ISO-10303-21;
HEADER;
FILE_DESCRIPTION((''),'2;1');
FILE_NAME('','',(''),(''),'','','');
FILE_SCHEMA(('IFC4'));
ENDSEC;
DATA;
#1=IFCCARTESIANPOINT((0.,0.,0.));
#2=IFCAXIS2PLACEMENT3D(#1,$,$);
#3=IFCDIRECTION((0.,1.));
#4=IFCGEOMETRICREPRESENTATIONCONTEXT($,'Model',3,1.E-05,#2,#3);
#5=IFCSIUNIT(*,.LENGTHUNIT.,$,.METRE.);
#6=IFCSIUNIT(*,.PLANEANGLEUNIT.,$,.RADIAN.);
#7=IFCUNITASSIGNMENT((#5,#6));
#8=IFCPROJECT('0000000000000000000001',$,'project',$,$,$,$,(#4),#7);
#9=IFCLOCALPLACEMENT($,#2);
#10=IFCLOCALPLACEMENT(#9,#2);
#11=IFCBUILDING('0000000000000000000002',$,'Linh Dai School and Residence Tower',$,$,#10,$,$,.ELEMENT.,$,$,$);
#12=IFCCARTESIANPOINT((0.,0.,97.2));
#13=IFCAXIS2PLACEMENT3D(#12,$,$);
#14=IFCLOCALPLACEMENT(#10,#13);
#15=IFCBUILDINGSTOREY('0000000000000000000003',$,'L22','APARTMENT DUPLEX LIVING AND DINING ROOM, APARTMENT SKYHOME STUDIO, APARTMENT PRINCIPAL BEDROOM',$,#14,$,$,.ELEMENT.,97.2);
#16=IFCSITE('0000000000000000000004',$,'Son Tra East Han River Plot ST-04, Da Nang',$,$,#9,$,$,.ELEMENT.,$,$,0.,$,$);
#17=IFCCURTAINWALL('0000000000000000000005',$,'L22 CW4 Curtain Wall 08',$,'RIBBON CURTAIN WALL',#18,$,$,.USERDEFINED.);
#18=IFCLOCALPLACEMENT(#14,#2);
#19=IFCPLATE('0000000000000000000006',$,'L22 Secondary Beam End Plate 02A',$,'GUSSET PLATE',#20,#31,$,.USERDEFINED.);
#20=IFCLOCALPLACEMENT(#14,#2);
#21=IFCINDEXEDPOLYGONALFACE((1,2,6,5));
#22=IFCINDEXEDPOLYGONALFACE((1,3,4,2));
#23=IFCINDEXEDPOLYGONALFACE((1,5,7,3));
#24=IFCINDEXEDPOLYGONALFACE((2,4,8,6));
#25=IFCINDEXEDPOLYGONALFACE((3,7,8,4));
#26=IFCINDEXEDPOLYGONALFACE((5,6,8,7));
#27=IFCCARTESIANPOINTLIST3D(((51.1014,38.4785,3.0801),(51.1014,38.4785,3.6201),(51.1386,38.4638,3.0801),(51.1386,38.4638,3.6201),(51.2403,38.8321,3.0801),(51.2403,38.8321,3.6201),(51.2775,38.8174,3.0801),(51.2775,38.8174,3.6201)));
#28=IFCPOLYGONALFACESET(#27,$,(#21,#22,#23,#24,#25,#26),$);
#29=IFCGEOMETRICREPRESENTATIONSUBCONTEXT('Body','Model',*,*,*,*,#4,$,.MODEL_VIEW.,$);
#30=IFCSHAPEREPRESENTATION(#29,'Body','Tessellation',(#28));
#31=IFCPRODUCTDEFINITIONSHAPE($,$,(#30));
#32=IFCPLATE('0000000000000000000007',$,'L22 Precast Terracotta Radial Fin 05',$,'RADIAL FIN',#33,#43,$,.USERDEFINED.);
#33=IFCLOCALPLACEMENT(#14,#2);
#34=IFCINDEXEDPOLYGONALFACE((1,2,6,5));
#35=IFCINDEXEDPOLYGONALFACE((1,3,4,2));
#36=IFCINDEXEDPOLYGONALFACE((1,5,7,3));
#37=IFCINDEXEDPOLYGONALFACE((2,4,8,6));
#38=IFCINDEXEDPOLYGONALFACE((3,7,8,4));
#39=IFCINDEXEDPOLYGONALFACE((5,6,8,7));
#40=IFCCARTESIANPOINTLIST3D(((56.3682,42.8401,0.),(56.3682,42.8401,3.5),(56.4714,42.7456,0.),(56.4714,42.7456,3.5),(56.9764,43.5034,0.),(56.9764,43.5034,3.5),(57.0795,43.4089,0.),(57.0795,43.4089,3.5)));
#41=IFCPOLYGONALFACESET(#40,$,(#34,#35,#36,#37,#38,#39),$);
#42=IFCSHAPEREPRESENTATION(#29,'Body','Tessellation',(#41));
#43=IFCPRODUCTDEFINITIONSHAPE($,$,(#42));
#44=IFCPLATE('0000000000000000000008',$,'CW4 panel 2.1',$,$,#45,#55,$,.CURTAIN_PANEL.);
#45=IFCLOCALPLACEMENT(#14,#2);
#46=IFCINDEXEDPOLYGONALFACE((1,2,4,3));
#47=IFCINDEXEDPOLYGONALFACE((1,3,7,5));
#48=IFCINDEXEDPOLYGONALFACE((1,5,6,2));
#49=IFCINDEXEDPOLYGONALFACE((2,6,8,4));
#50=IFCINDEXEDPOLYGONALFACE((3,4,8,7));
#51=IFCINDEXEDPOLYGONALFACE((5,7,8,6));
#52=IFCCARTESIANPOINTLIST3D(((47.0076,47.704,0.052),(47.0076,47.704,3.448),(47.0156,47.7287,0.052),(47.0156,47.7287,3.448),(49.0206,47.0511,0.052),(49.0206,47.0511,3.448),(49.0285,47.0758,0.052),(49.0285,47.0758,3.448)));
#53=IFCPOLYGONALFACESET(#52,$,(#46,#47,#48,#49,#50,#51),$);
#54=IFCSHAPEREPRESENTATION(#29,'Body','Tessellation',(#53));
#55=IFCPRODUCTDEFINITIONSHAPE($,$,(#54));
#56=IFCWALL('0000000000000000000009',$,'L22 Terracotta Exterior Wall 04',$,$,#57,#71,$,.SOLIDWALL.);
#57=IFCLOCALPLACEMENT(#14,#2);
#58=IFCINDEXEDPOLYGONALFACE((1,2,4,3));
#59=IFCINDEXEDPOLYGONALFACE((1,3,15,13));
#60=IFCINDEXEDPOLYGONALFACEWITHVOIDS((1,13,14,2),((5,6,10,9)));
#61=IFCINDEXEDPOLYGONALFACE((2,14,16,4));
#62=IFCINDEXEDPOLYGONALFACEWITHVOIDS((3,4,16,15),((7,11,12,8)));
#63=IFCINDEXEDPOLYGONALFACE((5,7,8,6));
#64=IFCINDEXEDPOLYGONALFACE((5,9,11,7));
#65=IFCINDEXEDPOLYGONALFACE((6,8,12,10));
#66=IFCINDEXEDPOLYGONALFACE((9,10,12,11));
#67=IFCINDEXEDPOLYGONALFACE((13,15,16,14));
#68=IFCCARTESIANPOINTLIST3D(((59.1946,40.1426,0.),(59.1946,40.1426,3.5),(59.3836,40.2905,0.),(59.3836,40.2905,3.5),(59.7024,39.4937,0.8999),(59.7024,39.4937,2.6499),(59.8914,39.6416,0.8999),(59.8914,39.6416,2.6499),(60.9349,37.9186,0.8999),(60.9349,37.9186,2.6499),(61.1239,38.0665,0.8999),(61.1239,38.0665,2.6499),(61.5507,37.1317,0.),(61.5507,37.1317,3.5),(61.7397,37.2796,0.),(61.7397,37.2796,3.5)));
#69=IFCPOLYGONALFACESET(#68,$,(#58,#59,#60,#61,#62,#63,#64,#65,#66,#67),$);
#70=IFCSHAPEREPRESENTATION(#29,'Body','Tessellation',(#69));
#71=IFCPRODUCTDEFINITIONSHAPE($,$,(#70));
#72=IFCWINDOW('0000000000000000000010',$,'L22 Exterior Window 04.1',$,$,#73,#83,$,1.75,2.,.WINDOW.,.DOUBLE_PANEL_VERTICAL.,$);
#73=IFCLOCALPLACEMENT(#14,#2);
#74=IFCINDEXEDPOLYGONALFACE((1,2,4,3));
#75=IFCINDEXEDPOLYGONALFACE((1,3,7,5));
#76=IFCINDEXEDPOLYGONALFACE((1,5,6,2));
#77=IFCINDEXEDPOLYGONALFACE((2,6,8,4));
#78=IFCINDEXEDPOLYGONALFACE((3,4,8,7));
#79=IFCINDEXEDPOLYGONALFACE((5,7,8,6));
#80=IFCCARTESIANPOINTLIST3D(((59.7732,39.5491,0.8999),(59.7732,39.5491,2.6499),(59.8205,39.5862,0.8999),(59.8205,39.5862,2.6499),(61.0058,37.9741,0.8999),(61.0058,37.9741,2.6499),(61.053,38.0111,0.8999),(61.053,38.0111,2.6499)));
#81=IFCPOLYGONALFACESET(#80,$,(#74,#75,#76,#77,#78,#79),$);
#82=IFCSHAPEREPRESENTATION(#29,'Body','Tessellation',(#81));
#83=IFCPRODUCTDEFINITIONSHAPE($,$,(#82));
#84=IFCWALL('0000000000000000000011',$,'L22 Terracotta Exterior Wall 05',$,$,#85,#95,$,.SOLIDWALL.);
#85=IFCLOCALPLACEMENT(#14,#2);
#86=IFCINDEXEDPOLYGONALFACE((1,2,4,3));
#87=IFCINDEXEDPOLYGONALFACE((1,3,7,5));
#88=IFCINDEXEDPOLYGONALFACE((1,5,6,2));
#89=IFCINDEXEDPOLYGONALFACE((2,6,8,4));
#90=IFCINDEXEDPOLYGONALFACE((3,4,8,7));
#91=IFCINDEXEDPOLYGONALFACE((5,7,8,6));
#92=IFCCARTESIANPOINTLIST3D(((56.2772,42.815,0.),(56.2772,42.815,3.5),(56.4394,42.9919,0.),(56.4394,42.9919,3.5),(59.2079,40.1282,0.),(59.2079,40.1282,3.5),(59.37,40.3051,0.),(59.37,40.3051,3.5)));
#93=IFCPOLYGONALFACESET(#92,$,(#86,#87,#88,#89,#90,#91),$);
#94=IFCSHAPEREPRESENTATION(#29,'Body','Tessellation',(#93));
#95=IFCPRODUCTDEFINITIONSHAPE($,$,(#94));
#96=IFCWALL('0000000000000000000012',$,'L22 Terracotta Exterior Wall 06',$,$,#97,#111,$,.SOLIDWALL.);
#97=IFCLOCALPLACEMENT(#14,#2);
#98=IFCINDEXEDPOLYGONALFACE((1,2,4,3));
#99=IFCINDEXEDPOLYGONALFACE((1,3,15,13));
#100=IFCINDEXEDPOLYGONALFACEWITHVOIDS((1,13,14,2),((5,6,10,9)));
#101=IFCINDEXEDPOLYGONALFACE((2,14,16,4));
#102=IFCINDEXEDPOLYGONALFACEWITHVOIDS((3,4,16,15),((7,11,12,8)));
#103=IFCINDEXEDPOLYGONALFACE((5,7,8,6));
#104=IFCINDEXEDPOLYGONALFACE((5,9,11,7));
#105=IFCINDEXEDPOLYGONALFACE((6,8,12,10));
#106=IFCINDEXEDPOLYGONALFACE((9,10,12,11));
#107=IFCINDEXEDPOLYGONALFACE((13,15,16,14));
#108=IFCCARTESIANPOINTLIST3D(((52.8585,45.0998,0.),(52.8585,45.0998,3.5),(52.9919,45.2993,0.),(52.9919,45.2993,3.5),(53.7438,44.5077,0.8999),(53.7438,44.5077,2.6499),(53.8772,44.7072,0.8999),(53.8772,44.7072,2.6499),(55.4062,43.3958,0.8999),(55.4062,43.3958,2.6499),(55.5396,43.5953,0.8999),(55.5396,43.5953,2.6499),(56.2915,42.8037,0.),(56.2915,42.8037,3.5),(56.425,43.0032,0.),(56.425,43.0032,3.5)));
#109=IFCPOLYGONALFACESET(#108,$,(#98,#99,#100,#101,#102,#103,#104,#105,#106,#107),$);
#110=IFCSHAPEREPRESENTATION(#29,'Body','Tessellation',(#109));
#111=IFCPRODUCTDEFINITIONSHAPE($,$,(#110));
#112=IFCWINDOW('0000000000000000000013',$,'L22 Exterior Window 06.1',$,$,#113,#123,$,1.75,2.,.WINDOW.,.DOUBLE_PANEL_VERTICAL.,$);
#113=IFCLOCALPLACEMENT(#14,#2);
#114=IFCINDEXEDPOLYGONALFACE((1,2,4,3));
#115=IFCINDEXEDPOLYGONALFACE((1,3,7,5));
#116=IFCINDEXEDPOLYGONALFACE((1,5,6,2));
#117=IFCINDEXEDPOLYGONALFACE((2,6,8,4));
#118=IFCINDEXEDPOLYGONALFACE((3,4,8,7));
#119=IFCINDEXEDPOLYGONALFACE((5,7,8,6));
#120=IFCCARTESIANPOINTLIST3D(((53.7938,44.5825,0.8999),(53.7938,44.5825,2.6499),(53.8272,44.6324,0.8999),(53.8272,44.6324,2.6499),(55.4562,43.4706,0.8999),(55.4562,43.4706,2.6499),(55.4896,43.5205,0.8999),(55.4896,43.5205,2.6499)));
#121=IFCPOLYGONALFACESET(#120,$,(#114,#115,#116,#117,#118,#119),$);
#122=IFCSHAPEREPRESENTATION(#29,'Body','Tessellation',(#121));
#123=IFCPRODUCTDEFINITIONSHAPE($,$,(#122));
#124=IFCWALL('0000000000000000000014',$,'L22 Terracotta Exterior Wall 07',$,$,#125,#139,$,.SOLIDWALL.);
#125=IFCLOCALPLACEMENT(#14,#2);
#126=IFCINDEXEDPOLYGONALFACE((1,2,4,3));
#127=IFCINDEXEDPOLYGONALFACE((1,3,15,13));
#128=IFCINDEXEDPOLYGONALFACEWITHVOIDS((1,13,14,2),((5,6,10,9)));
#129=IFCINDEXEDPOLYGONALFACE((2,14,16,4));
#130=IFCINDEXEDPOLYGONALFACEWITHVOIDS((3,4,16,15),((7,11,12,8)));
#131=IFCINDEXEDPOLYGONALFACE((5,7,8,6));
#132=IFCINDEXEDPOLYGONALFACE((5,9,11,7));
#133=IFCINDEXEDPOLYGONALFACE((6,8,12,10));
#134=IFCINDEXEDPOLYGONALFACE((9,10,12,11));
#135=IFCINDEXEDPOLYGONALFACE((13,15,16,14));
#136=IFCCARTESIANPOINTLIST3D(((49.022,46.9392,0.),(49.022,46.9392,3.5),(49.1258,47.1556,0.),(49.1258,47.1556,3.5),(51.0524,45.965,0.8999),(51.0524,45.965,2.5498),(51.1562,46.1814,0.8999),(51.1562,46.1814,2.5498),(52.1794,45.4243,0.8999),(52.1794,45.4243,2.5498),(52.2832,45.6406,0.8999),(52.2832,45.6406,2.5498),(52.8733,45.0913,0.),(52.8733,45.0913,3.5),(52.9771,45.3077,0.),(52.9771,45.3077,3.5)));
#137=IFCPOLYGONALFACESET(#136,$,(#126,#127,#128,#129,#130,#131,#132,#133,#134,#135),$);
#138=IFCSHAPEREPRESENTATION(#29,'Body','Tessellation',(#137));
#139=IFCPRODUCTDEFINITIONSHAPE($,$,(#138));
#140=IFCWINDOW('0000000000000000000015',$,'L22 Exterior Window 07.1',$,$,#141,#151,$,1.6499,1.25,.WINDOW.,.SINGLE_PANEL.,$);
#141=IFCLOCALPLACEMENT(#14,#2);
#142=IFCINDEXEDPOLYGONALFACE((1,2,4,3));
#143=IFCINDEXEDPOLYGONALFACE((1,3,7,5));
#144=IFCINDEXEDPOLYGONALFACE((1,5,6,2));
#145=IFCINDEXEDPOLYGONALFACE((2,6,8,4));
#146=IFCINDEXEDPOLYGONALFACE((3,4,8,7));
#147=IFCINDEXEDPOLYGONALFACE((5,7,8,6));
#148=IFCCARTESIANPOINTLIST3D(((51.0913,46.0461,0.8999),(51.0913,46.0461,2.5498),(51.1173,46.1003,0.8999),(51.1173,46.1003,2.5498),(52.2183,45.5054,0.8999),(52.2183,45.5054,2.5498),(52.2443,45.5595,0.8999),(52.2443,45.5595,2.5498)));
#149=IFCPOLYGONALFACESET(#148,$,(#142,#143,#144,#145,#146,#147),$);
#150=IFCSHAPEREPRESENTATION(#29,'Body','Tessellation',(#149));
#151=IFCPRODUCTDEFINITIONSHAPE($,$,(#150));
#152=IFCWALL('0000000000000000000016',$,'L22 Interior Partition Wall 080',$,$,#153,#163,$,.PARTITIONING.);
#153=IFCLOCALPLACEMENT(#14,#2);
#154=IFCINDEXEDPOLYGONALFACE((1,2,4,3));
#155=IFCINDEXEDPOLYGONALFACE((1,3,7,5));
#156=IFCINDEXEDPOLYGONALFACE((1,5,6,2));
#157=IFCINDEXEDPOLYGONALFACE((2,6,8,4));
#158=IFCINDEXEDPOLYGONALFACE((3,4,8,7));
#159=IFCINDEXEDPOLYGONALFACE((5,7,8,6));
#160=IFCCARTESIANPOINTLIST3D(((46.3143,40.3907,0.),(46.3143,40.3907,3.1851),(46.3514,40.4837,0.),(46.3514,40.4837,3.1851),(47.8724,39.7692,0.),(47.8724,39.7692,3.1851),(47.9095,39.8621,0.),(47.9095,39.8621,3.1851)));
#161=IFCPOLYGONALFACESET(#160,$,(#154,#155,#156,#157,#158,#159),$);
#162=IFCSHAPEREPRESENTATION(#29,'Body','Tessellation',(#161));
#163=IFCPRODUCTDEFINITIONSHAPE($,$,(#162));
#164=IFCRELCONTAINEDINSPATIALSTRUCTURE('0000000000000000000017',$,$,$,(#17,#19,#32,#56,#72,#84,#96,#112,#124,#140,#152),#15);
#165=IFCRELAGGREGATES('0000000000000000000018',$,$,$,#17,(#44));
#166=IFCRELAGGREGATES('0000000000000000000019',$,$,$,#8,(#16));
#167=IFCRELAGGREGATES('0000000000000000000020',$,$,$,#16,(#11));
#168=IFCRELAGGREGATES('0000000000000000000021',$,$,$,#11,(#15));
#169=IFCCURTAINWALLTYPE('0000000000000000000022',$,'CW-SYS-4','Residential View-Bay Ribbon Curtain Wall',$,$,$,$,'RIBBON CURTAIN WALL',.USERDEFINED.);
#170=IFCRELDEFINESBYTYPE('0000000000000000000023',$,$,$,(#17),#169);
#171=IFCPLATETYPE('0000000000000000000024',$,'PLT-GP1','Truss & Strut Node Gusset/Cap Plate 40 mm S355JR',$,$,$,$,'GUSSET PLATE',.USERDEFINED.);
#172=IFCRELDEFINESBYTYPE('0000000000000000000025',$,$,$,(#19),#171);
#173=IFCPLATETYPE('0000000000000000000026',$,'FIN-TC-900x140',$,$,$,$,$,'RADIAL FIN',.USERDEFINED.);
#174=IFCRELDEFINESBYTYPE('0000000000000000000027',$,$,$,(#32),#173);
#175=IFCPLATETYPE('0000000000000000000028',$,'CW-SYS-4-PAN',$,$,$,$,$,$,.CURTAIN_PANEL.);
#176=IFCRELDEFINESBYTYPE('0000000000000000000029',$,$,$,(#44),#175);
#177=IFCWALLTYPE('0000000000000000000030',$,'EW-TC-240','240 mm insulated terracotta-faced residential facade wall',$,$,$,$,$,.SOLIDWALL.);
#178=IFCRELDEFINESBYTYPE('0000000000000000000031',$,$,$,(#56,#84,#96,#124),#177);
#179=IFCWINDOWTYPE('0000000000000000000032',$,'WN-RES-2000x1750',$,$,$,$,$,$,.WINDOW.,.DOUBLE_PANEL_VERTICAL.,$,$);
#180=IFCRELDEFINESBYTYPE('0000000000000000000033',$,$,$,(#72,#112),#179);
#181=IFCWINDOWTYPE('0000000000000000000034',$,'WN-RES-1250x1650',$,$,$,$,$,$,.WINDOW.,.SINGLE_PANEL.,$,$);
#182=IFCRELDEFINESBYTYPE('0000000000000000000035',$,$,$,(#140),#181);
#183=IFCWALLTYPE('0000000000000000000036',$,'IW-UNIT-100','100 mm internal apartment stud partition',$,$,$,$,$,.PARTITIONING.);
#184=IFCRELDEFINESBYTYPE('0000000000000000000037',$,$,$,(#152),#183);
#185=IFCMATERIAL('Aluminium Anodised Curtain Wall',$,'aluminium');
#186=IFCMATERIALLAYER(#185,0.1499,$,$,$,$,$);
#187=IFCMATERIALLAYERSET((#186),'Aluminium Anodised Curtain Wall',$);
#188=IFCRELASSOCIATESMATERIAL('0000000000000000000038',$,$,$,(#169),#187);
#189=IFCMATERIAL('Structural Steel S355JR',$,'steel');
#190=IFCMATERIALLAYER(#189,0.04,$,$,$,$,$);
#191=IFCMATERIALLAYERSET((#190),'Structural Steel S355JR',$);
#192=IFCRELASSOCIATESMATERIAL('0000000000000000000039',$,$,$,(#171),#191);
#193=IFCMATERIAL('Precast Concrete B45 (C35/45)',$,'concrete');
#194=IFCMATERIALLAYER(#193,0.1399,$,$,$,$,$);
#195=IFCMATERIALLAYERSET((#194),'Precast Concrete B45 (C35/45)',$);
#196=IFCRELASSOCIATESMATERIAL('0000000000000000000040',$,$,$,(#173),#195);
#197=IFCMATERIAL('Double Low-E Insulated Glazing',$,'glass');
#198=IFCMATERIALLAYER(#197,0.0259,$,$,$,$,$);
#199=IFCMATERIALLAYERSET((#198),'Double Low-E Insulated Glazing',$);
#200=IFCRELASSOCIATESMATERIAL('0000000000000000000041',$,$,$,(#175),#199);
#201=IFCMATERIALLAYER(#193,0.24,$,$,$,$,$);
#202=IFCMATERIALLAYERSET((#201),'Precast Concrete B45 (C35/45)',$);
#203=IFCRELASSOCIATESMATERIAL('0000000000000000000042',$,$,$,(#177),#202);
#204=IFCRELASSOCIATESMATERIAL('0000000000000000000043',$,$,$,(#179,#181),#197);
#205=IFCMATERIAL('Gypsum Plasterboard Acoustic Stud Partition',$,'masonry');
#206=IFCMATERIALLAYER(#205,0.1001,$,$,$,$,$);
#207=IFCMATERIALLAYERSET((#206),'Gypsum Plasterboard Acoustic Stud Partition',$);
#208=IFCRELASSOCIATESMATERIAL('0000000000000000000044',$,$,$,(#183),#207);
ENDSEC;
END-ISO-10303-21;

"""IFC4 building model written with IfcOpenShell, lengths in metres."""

from ifc_helpers import new_model, si_unit, direction, frame, frame_2d, origin, origin_2d, place, context, subcontext, project, spatial, rectangle, extrude, source, transform, mapped, material, layer, layer_set, type_object, element, fill, aggregate, save


model = new_model("IFC4")

# Units and contexts
model_context = context("Model", 3, precision=1e-05, world=origin(), true_north=direction((0.0, 1.0)))
body_context = subcontext(model_context, "Body", "Model", "MODEL_VIEW")
ifc_project = project(units=[si_unit("LENGTHUNIT", "METRE"), si_unit("PLANEANGLEUNIT", "RADIAN")], contexts=[model_context])

# Site, building, storey
site_placement = place(None, origin())
site = spatial("IfcSite", under=ifc_project, at=site_placement, Name="Son Tra East Han River Plot ST-04, Da Nang", CompositionType="ELEMENT", RefElevation=0.0)
building_placement = place(site_placement, origin())
building = spatial("IfcBuilding", under=site, at=building_placement, Name="Linh Dai School and Residence Tower", CompositionType="ELEMENT")
storey_placement = place(building_placement, frame((0.0, 0.0, 97.2)))
storey = spatial("IfcBuildingStorey", under=building, at=storey_placement, Name="L22", Description="APARTMENT DUPLEX LIVING AND DINING ROOM, APARTMENT SKYHOME STUDIO, APARTMENT PRINCIPAL BEDROOM", CompositionType="ELEMENT", Elevation=97.2)

# Shared definitions
ifc_material_1 = material(Name="Structural Steel S355JR", Category="steel")

# Curtain wall
ifc_material_2 = material(Name="Aluminium Anodised Curtain Wall", Category="aluminium")
ifc_layer_1 = layer(ifc_material_2, 0.1499)
ifc_layer_set_1 = layer_set([ifc_layer_1], Name="Aluminium Anodised Curtain Wall")
curtain_wall_type = type_object("IfcCurtainWallType", Name="CW-SYS-4", Description="Residential View-Bay Ribbon Curtain Wall", ElementType="RIBBON CURTAIN WALL", PredefinedType="USERDEFINED", material=ifc_layer_set_1)
curtain_wall_placement = place(storey_placement, origin())
curtain_wall = element("IfcCurtainWall", 1, at=curtain_wall_placement, inside=storey, type_object=curtain_wall_type, Name="L22 CW4 Curtain Wall 08", ObjectType="RIBBON CURTAIN WALL", PredefinedType="USERDEFINED")

# Plates
ifc_layer_2 = layer(ifc_material_1, 0.04)
ifc_layer_set_2 = layer_set([ifc_layer_2], Name="Structural Steel S355JR")
plate_type_1 = type_object("IfcPlateType", Name="PLT-GP1", Description="Truss & Strut Node Gusset/Cap Plate 40 mm S355JR", ElementType="GUSSET PLATE", PredefinedType="USERDEFINED", material=ifc_layer_set_2)
shared_shape_1 = source(origin(), body_context, "Body", "SweptSolid", [
    extrude(rectangle(XDim=0.04, YDim=0.3799, at=origin_2d()), origin(), (0.0, 0.0, 1.0), 0.54),
])
plate_1_placement = place(storey_placement, frame((51.1895, 38.6479, 3.0801), z_axis=(0.0, 0.0, 1.0), x_axis=(-0.930752, 0.36565, 0.0)))
element("IfcPlate", 2, at=plate_1_placement, inside=storey, type_object=plate_type_1, Name="L22 Secondary Beam End Plate 02A", ObjectType="GUSSET PLATE", PredefinedType="USERDEFINED", context=body_context, shape_type="MappedRepresentation", body=[
    mapped(shared_shape_1, transform((0.0, 0.0, 0.0), x_axis=(1.0, 0.0, 0.0), y_axis=(0.0, 1.0, 0.0), z_axis=(0.0, 0.0, 1.0), scale=1.0)),
])
ifc_material_3 = material(Name="Precast Concrete B45 (C35/45)", Category="concrete")
ifc_layer_3 = layer(ifc_material_3, 0.1399)
ifc_layer_set_3 = layer_set([ifc_layer_3], Name="Precast Concrete B45 (C35/45)")
plate_type_2 = type_object("IfcPlateType", Name="FIN-TC-900x140", ElementType="RADIAL FIN", PredefinedType="USERDEFINED", material=ifc_layer_set_3)
shared_shape_2 = source(origin(), body_context, "Body", "SweptSolid", [
    extrude(rectangle(XDim=0.8999, YDim=0.1399, at=origin_2d()), origin(), (0.0, 0.0, 1.0), 3.5),
])
plate_2_placement = place(storey_placement, frame((56.7239, 43.1245, 0.0), z_axis=(0.0, 0.0, 1.0), x_axis=(0.675783, 0.7371, 0.0)))
element("IfcPlate", 3, at=plate_2_placement, inside=storey, type_object=plate_type_2, Name="L22 Precast Terracotta Radial Fin 05", ObjectType="RADIAL FIN", PredefinedType="USERDEFINED", context=body_context, shape_type="MappedRepresentation", body=[
    mapped(shared_shape_2, transform((0.0, 0.0, 0.0), x_axis=(1.0, 0.0, 0.0), y_axis=(0.0, 1.0, 0.0), z_axis=(0.0, 0.0, 1.0), scale=1.0)),
])

# Plate
ifc_material_4 = material(Name="Double Low-E Insulated Glazing", Category="glass")
ifc_layer_4 = layer(ifc_material_4, 0.0259)
ifc_layer_set_4 = layer_set([ifc_layer_4], Name="Double Low-E Insulated Glazing")
plate_type_3 = type_object("IfcPlateType", Name="CW-SYS-4-PAN", PredefinedType="CURTAIN_PANEL", material=ifc_layer_set_4)
shared_shape_3 = source(origin(), body_context, "Body", "SweptSolid", [
    extrude(rectangle(XDim=2.1162, YDim=0.0259, at=origin_2d()), origin(), (0.0, 0.0, 1.0), 3.396),
])
plate_3_placement = place(storey_placement, frame((48.0181, 47.3899, 0.052), z_axis=(0.0, 0.0, 1.0), x_axis=(0.951217, -0.308522, 0.0)))
plate_3 = element("IfcPlate", 4, at=plate_3_placement, type_object=plate_type_3, Name="CW4 panel 2.1", PredefinedType="CURTAIN_PANEL", context=body_context, shape_type="MappedRepresentation", body=[
    mapped(shared_shape_3, transform((0.0, 0.0, 0.0), x_axis=(1.0, 0.0, 0.0), y_axis=(0.0, 1.0, 0.0), z_axis=(0.0, 0.0, 1.0), scale=1.0)),
])
aggregate(curtain_wall, [plate_3])

# Wall, opening, window
ifc_layer_5 = layer(ifc_material_3, 0.24)
ifc_layer_set_5 = layer_set([ifc_layer_5], Name="Precast Concrete B45 (C35/45)")
wall_type_1 = type_object("IfcWallType", Name="EW-TC-240", Description="240 mm insulated terracotta-faced residential facade wall", PredefinedType="SOLIDWALL", material=ifc_layer_set_5)
wall_1_placement = place(storey_placement, frame((59.2891, 40.2166, 0.0), z_axis=(0.0, 0.0, 1.0), x_axis=(0.616272, -0.787533, 0.0)))
wall_1 = element("IfcWall", 5, at=wall_1_placement, inside=storey, type_object=wall_type_1, Name="L22 Terracotta Exterior Wall 04", PredefinedType="SOLIDWALL", context=body_context, shape_type="SweptSolid", body=[
    extrude(rectangle(XDim=3.8232, YDim=0.24, at=frame_2d((1.9116, 0.0))), origin(), (0.0, 0.0, 1.0), 3.5),
])
opening_1_placement = place(wall_1_placement, frame((0.824, 0.0, 0.8999)))
opening_1 = element("IfcOpeningElement", 6, at=opening_1_placement, cuts=wall_1, PredefinedType="OPENING", context=body_context, shape_type="SweptSolid", body=[
    extrude(rectangle(XDim=2.0, YDim=1.75, at=origin_2d()), frame((1.0, 0.1299, 0.875), z_axis=(0.0, -1.0, 0.0), x_axis=(1.0, 0.0, 0.0)), (0.0, 0.0, 1.0), 0.26),
])
window_type_1 = type_object("IfcWindowType", Name="WN-RES-2000x1750", PartitioningType="DOUBLE_PANEL_VERTICAL", PredefinedType="WINDOW", material=ifc_material_4)
shared_shape_4 = source(origin(), body_context, "Body", "SweptSolid", [
    extrude(rectangle(XDim=2.0, YDim=1.75, at=origin_2d()), frame((1.0, 0.03, 0.875), z_axis=(0.0, -1.0, 0.0), x_axis=(1.0, 0.0, 0.0)), (0.0, 0.0, 1.0), 0.0601),
])
window_1_placement = place(opening_1_placement, origin())
window_1 = element("IfcWindow", 7, at=window_1_placement, inside=storey, type_object=window_type_1, Name="L22 Exterior Window 04.1", OverallHeight=1.75, OverallWidth=2.0, PartitioningType="DOUBLE_PANEL_VERTICAL", PredefinedType="WINDOW", context=body_context, shape_type="MappedRepresentation", body=[
    mapped(shared_shape_4, transform((0.0, 0.0, 0.0), x_axis=(1.0, 0.0, 0.0), y_axis=(0.0, 1.0, 0.0), z_axis=(0.0, 0.0, 1.0), scale=1.0)),
])
fill(opening_1, window_1)

# Wall
wall_2_placement = place(storey_placement, frame((56.3584, 42.9033, 0.0), z_axis=(0.0, 0.0, 1.0), x_axis=(0.737113, -0.675769, 0.0)))
element("IfcWall", 8, at=wall_2_placement, inside=storey, type_object=wall_type_1, Name="L22 Terracotta Exterior Wall 05", PredefinedType="SOLIDWALL", context=body_context, shape_type="SweptSolid", body=[
    extrude(rectangle(XDim=3.9758, YDim=0.24, at=frame_2d((1.9878, 0.0))), origin(), (0.0, 0.0, 1.0), 3.5),
])

# Walls, openings, windows
wall_3_placement = place(storey_placement, frame((52.9253, 45.1995, 0.0), z_axis=(0.0, 0.0, 1.0), x_axis=(0.831222, -0.555941, 0.0)))
wall_3 = element("IfcWall", 9, at=wall_3_placement, inside=storey, type_object=wall_type_1, Name="L22 Terracotta Exterior Wall 06", PredefinedType="SOLIDWALL", context=body_context, shape_type="SweptSolid", body=[
    extrude(rectangle(XDim=4.1301, YDim=0.24, at=frame_2d((2.0649, 0.0))), origin(), (0.0, 0.0, 1.0), 3.5),
])
opening_2_placement = place(wall_3_placement, frame((1.0649, 0.0, 0.8999)))
opening_2 = element("IfcOpeningElement", 10, at=opening_2_placement, cuts=wall_3, PredefinedType="OPENING", context=body_context, shape_type="SweptSolid", body=[
    extrude(rectangle(XDim=2.0, YDim=1.75, at=origin_2d()), frame((1.0, 0.1299, 0.875), z_axis=(0.0, -1.0, 0.0), x_axis=(1.0, 0.0, 0.0)), (0.0, 0.0, 1.0), 0.26),
])
window_2_placement = place(opening_2_placement, origin())
window_2 = element("IfcWindow", 11, at=window_2_placement, inside=storey, type_object=window_type_1, Name="L22 Exterior Window 06.1", OverallHeight=1.75, OverallWidth=2.0, PartitioningType="DOUBLE_PANEL_VERTICAL", PredefinedType="WINDOW", context=body_context, shape_type="MappedRepresentation", body=[
    mapped(shared_shape_4, transform((0.0, 0.0, 0.0), x_axis=(1.0, 0.0, 0.0), y_axis=(0.0, 1.0, 0.0), z_axis=(0.0, 0.0, 1.0), scale=1.0)),
])
fill(opening_2, window_2)
wall_4_placement = place(storey_placement, frame((49.074, 47.0474, 0.0), z_axis=(0.0, 0.0, 1.0), x_axis=(0.90159, -0.432592, 0.0)))
wall_4 = element("IfcWall", 12, at=wall_4_placement, inside=storey, type_object=wall_type_1, Name="L22 Terracotta Exterior Wall 07", PredefinedType="SOLIDWALL", context=body_context, shape_type="SweptSolid", body=[
    extrude(rectangle(XDim=4.2717, YDim=0.24, at=frame_2d((2.1357, 0.0))), origin(), (0.0, 0.0, 1.0), 3.5),
])
opening_3_placement = place(wall_4_placement, frame((2.252, 0.0, 0.8999)))
opening_3 = element("IfcOpeningElement", 13, at=opening_3_placement, cuts=wall_4, PredefinedType="OPENING", context=body_context, shape_type="SweptSolid", body=[
    extrude(rectangle(XDim=1.25, YDim=1.6499, at=origin_2d()), frame((0.625, 0.1299, 0.825), z_axis=(0.0, -1.0, 0.0), x_axis=(1.0, 0.0, 0.0)), (0.0, 0.0, 1.0), 0.26),
])
window_type_2 = type_object("IfcWindowType", Name="WN-RES-1250x1650", PartitioningType="SINGLE_PANEL", PredefinedType="WINDOW", material=ifc_material_4)
shared_shape_5 = source(origin(), body_context, "Body", "SweptSolid", [
    extrude(rectangle(XDim=1.25, YDim=1.6499, at=origin_2d()), frame((0.625, 0.03, 0.825), z_axis=(0.0, -1.0, 0.0), x_axis=(1.0, 0.0, 0.0)), (0.0, 0.0, 1.0), 0.0601),
])
window_3_placement = place(opening_3_placement, origin())
window_3 = element("IfcWindow", 14, at=window_3_placement, inside=storey, type_object=window_type_2, Name="L22 Exterior Window 07.1", OverallHeight=1.6499, OverallWidth=1.25, PartitioningType="SINGLE_PANEL", PredefinedType="WINDOW", context=body_context, shape_type="MappedRepresentation", body=[
    mapped(shared_shape_5, transform((0.0, 0.0, 0.0), x_axis=(1.0, 0.0, 0.0), y_axis=(0.0, 1.0, 0.0), z_axis=(0.0, 0.0, 1.0), scale=1.0)),
])
fill(opening_3, window_3)

# Wall
ifc_material_5 = material(Name="Gypsum Plasterboard Acoustic Stud Partition", Category="masonry")
ifc_layer_6 = layer(ifc_material_5, 0.1001)
ifc_layer_set_6 = layer_set([ifc_layer_6], Name="Gypsum Plasterboard Acoustic Stud Partition")
wall_type_2 = type_object("IfcWallType", Name="IW-UNIT-100", Description="100 mm internal apartment stud partition", PredefinedType="PARTITIONING", material=ifc_layer_set_6)
wall_5_placement = place(storey_placement, frame((46.3328, 40.4373, 0.0), z_axis=(0.0, 0.0, 1.0), x_axis=(0.928818, -0.370537, 0.0)))
element("IfcWall", 15, at=wall_5_placement, inside=storey, type_object=wall_type_2, Name="L22 Interior Partition Wall 080", PredefinedType="PARTITIONING", context=body_context, shape_type="SweptSolid", body=[
    extrude(rectangle(XDim=1.6775, YDim=0.1001, at=frame_2d((0.8389, 0.0))), origin(), (0.0, 0.0, 1.0), 3.1851),
])

save(model, "model.ifc")
